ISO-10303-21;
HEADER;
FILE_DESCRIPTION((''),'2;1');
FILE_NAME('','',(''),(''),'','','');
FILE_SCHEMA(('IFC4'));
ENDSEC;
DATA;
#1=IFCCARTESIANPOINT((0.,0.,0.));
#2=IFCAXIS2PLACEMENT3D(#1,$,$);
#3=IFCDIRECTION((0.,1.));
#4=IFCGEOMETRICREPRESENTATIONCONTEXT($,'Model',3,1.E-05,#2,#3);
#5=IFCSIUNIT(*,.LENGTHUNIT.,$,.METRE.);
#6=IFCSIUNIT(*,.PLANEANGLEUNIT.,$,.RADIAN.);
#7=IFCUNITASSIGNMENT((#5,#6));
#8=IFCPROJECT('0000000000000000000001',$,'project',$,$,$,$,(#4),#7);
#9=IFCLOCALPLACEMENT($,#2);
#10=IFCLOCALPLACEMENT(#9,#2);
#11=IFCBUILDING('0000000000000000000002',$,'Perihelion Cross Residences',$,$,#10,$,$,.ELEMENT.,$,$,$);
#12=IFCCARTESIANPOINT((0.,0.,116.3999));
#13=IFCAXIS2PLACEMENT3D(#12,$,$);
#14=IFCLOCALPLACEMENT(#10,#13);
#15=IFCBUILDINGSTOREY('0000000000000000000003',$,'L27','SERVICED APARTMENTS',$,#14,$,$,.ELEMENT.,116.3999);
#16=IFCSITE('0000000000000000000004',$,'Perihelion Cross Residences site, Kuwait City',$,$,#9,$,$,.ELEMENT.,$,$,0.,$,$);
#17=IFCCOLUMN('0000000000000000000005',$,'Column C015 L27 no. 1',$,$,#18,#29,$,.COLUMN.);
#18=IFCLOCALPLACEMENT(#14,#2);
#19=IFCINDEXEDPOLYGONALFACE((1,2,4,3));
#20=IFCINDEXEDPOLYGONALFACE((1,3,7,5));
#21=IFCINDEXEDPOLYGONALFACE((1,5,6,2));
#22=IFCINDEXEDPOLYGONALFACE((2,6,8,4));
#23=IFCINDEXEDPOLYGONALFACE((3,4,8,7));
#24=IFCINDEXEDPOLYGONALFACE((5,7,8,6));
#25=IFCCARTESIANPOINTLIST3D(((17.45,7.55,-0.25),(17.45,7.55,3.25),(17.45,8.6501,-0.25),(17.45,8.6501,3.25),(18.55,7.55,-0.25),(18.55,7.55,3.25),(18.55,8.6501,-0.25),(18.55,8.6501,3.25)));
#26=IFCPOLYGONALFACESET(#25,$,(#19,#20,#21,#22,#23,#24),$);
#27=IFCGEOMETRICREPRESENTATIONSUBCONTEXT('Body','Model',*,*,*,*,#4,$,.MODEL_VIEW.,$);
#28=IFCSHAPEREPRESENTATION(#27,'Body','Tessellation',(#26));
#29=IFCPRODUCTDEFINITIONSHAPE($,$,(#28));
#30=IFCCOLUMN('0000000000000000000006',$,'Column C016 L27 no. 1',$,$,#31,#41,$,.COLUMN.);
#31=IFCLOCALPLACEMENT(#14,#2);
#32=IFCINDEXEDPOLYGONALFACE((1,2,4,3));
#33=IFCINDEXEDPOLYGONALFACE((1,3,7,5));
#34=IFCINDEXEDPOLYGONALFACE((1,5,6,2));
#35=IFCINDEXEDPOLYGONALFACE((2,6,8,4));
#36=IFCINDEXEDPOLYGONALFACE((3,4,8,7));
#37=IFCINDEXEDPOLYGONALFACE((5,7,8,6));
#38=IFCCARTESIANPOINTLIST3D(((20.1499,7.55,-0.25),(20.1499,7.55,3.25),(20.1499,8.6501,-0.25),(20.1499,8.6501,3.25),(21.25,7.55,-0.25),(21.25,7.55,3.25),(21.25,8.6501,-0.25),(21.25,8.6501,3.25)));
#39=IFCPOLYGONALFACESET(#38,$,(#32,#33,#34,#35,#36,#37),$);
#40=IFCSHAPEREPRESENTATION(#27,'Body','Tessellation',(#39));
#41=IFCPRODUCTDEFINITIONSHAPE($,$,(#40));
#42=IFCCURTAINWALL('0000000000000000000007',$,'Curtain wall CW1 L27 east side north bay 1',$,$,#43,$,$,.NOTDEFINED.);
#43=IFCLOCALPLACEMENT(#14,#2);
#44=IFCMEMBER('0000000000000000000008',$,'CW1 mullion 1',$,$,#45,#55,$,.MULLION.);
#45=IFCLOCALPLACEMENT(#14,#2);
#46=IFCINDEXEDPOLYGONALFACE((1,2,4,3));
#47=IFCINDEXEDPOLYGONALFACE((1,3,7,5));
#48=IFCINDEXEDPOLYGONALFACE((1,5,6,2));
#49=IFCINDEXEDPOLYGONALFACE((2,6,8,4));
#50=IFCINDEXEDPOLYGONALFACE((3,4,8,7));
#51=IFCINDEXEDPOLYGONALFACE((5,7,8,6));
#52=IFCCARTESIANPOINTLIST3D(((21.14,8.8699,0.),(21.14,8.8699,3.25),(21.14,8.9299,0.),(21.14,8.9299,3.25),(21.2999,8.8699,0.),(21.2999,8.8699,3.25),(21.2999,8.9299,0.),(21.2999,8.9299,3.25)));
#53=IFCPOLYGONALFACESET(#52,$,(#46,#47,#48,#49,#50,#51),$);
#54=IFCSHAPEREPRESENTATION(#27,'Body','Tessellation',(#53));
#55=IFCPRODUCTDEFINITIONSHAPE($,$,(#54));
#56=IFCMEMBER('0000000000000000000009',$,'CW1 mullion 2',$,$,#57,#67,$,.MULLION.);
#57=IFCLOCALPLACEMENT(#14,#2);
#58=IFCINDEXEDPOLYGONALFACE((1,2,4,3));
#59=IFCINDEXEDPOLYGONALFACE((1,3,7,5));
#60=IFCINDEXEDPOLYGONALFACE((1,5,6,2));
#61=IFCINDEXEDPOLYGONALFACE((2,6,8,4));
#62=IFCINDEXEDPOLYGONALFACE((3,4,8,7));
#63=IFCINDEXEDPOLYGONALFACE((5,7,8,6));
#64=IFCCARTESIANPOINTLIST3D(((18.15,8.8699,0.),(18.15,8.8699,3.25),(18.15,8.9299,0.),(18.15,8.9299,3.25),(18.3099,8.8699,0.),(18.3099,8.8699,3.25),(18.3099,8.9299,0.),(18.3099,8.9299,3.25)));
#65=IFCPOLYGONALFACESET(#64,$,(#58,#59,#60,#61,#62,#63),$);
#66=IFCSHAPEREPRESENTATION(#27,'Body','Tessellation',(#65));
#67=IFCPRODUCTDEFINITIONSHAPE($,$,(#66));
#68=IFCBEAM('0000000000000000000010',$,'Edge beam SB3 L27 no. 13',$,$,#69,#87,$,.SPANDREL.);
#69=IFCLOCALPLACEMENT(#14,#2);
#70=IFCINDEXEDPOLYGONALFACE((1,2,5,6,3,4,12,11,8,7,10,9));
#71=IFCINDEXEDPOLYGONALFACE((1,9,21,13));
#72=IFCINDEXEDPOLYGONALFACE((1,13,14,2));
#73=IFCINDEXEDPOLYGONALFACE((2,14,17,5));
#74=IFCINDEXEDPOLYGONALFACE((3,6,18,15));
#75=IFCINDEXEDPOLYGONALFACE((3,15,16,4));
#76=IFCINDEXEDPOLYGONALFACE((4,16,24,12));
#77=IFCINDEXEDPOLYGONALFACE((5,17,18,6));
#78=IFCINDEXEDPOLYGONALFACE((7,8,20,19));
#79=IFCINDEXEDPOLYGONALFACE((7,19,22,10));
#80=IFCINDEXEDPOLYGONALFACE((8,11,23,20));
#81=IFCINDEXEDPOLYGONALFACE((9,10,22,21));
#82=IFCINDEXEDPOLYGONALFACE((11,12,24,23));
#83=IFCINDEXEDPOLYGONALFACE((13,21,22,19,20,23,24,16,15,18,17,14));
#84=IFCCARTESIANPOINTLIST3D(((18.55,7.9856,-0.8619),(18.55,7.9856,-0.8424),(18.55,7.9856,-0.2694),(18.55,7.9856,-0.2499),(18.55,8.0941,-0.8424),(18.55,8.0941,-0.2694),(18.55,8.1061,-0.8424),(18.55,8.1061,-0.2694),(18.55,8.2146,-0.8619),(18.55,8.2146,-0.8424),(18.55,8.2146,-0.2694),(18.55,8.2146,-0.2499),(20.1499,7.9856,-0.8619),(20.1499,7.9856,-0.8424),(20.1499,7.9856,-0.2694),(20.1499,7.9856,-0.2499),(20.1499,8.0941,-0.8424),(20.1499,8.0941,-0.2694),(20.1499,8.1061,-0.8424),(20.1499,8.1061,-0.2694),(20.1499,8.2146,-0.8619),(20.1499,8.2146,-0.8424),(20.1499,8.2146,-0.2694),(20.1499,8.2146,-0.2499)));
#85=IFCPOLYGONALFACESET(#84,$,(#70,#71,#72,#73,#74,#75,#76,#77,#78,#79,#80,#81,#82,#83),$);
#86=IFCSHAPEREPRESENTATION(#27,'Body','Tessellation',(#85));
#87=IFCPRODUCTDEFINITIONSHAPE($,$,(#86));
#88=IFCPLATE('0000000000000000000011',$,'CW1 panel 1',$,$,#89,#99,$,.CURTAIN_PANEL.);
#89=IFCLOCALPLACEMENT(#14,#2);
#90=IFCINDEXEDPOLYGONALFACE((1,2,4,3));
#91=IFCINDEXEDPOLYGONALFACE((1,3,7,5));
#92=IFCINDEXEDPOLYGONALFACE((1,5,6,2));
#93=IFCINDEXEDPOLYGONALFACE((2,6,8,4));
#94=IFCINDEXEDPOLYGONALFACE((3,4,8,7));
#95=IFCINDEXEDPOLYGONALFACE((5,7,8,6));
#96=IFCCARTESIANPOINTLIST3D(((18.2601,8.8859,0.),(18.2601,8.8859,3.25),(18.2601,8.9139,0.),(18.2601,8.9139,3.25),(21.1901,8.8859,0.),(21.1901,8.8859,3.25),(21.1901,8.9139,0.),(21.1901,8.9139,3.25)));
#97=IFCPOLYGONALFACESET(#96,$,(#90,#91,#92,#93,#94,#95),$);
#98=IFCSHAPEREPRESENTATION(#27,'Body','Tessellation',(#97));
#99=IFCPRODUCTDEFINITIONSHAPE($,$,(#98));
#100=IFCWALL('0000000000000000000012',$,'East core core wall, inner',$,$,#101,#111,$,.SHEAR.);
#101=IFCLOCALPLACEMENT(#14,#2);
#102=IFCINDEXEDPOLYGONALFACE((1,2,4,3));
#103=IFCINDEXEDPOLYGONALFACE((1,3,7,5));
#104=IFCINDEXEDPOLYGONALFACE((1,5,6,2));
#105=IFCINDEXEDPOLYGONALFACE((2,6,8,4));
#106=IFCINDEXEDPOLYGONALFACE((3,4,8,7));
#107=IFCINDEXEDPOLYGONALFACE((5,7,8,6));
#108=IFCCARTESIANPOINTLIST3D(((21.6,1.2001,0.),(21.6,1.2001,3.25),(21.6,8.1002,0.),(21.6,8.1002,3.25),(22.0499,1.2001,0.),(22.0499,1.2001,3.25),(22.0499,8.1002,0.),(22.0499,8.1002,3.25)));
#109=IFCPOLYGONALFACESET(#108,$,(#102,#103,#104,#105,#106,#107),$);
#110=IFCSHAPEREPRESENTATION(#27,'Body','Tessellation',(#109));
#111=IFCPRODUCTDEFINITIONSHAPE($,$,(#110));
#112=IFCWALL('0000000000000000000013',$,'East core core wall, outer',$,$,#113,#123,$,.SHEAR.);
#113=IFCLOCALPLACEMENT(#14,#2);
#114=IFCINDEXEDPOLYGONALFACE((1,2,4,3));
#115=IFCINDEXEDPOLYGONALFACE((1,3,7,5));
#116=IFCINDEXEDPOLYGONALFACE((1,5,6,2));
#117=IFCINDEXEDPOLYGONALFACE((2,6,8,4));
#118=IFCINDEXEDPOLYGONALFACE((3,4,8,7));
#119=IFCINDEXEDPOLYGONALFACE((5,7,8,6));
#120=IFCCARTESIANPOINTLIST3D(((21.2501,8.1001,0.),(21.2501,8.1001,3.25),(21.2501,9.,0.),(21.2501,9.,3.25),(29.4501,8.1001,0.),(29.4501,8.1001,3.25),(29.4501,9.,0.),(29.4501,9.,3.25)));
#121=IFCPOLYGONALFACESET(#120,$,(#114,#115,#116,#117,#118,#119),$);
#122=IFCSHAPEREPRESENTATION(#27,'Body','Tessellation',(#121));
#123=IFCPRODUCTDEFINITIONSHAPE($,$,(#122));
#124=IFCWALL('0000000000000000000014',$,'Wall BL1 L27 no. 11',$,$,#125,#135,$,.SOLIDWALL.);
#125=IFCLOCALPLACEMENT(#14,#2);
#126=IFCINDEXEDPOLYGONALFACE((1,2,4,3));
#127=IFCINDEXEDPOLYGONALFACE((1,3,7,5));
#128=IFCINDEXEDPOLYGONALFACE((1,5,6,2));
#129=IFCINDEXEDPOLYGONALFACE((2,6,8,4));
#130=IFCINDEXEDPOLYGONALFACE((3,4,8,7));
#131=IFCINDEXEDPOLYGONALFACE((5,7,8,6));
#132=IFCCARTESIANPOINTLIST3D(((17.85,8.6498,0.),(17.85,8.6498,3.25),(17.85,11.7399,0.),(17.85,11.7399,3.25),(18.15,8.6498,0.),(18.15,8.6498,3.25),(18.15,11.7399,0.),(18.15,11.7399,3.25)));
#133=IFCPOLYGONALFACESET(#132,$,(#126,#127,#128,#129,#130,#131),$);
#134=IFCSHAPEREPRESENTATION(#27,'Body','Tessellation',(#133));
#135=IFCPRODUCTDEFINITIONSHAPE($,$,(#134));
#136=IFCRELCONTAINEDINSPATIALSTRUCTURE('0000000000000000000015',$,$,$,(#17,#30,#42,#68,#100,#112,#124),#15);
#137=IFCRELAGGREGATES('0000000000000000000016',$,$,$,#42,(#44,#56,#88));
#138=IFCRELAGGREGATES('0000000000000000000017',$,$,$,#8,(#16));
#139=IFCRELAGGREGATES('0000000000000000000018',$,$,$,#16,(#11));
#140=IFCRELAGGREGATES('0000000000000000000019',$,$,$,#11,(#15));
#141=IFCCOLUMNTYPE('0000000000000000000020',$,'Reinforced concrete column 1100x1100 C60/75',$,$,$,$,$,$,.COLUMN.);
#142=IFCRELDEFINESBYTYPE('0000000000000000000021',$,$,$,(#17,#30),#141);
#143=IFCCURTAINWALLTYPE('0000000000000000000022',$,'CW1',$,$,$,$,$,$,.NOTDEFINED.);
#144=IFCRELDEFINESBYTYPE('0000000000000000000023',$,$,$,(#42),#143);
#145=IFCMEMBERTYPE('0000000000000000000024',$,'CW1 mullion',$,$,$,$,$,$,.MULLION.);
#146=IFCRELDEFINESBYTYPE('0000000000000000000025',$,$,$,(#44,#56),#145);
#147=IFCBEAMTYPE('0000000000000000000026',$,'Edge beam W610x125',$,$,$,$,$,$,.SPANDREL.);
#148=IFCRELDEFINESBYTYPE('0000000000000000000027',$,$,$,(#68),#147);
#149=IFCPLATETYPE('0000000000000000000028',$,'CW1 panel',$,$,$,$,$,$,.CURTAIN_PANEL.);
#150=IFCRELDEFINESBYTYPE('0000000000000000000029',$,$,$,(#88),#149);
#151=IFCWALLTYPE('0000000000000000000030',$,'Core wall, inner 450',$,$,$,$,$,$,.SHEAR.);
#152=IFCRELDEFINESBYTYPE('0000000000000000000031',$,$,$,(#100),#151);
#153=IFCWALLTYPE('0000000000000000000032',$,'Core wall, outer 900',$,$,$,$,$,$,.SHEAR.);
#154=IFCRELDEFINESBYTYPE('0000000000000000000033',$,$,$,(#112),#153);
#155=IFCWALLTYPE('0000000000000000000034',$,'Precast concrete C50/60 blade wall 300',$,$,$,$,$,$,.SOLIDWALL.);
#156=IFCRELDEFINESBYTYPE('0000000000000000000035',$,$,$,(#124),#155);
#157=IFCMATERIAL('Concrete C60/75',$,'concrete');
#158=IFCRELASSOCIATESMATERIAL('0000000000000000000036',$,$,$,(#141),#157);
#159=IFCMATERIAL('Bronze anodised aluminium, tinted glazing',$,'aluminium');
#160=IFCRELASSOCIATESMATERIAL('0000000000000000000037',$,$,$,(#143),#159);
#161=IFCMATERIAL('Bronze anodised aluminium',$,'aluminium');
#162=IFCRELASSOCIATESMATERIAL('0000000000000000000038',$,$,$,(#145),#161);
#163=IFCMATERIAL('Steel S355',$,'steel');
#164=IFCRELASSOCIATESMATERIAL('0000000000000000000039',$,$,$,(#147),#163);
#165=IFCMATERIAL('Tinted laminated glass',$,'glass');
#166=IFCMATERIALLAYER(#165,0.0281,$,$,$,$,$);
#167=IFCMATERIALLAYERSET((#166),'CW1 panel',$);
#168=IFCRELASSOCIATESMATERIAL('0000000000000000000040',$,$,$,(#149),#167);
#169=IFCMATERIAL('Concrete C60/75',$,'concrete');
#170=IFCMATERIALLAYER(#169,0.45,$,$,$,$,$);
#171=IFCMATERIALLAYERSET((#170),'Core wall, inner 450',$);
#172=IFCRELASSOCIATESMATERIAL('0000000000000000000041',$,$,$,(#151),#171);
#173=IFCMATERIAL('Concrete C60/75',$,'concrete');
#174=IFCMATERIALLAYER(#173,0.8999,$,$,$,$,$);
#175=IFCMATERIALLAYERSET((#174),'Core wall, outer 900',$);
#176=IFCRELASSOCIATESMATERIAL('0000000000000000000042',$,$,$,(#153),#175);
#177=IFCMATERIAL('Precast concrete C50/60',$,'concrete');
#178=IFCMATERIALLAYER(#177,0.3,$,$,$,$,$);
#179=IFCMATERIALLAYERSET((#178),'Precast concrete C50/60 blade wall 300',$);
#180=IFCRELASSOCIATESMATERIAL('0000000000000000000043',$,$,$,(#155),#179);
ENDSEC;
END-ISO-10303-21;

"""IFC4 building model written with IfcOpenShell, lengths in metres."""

from ifc_helpers import new_model, si_unit, direction, frame, frame_2d, origin, origin_2d, place, context, subcontext, project, spatial, rectangle, i_section, extrude, material, layer, layer_set, material_profile, profile_set, type_object, element, aggregate, save


model = new_model("IFC4")

# Units and contexts
model_context = context("Model", 3, precision=1e-05, world=origin(), true_north=direction((0.0, 1.0)))
body_context = subcontext(model_context, "Body", "Model", "MODEL_VIEW")
ifc_project = project(units=[si_unit("LENGTHUNIT", "METRE"), si_unit("PLANEANGLEUNIT", "RADIAN")], contexts=[model_context])

# Site, building, storey
site_placement = place(None, origin())
site = spatial("IfcSite", under=ifc_project, at=site_placement, Name="Perihelion Cross Residences site, Kuwait City", CompositionType="ELEMENT", RefElevation=0.0)
building_placement = place(site_placement, origin())
building = spatial("IfcBuilding", under=site, at=building_placement, Name="Perihelion Cross Residences", CompositionType="ELEMENT")
storey_placement = place(building_placement, frame((0.0, 0.0, 116.3999)))
storey = spatial("IfcBuildingStorey", under=building, at=storey_placement, Name="L27", Description="SERVICED APARTMENTS", CompositionType="ELEMENT", Elevation=116.3999)

# Columns
ifc_material_1 = material(Name="Concrete C60/75", Category="concrete")
ifc_material_profile_1 = material_profile(ifc_material_1, rectangle(XDim=1.1001, YDim=1.1001, at=origin_2d()), Name="RC 1100x1100")
ifc_profile_set_1 = profile_set([ifc_material_profile_1], Name="Concrete C60/75")
column_type = type_object("IfcColumnType", Name="Reinforced concrete column 1100x1100 C60/75", PredefinedType="COLUMN", material=ifc_profile_set_1)
for number, where, z_axis, x_axis, name in (
    (1, (18.0, 8.1001, -0.25), (0.0, 0.0, 1.0), (1.0, 0.0, 0.0), "Column C015 L27 no. 1"),
    (2, (20.7, 8.1001, -0.25), (0.0, 0.0, 1.0), (1.0, 0.0, 0.0), "Column C016 L27 no. 1"),
):
    element("IfcColumn", number, at=place(storey_placement, frame(where, z_axis=z_axis, x_axis=x_axis)), inside=storey, type_object=column_type, Name=name, PredefinedType="COLUMN", context=body_context, shape_type="SweptSolid", body=[
        extrude(rectangle(XDim=1.1001, YDim=1.1001, at=origin_2d()), origin(), (0.0, 0.0, 1.0), 3.5),
    ])

# Curtain wall, members
ifc_material_2 = material(Name="Bronze anodised aluminium, tinted glazing", Category="aluminium")
curtain_wall_type = type_object("IfcCurtainWallType", Name="CW1", PredefinedType="NOTDEFINED", material=ifc_material_2)
curtain_wall_placement = place(storey_placement, origin())
curtain_wall = element("IfcCurtainWall", 3, at=curtain_wall_placement, inside=storey, type_object=curtain_wall_type, Name="Curtain wall CW1 L27 east side north bay 1", PredefinedType="NOTDEFINED")
ifc_material_3 = material(Name="Bronze anodised aluminium", Category="aluminium")
ifc_material_profile_2 = material_profile(ifc_material_3, rectangle(XDim=0.0601, YDim=0.1599, at=origin_2d()), Name="CW1 mullion")
ifc_profile_set_2 = profile_set([ifc_material_profile_2], Name="Bronze anodised aluminium")
member_type = type_object("IfcMemberType", Name="CW1 mullion", PredefinedType="MULLION", material=ifc_profile_set_2)
member_1_placement = place(storey_placement, frame((21.22, 8.8999, 0.0), z_axis=(0.0, 0.0, 1.0), x_axis=(0.0, -1.0, 0.0)))
member_1 = element("IfcMember", 4, at=member_1_placement, type_object=member_type, Name="CW1 mullion 1", PredefinedType="MULLION", context=body_context, shape_type="SweptSolid", body=[
    extrude(rectangle(XDim=0.0601, YDim=0.1599, at=origin_2d()), origin(), (0.0, 0.0, 1.0), 3.25),
])
member_2_placement = place(storey_placement, frame((18.23, 8.8999, 0.0), z_axis=(0.0, 0.0, 1.0), x_axis=(0.0, -1.0, 0.0)))
member_2 = element("IfcMember", 5, at=member_2_placement, type_object=member_type, Name="CW1 mullion 2", PredefinedType="MULLION", context=body_context, shape_type="SweptSolid", body=[
    extrude(rectangle(XDim=0.0601, YDim=0.1599, at=origin_2d()), origin(), (0.0, 0.0, 1.0), 3.25),
])

# Beam
ifc_material_4 = material(Name="Steel S355", Category="steel")
ifc_material_profile_3 = material_profile(ifc_material_4, i_section(OverallWidth=0.229, OverallDepth=0.6121, WebThickness=0.012, FlangeThickness=0.0195, at=origin_2d()), Name="W610x125")
ifc_profile_set_3 = profile_set([ifc_material_profile_3], Name="Steel S355")
beam_type = type_object("IfcBeamType", Name="Edge beam W610x125", PredefinedType="SPANDREL", material=ifc_profile_set_3)
beam_placement = place(storey_placement, frame((20.1499, 8.1001, -0.5559), z_axis=(-1.0, 0.0, 0.0), x_axis=(0.0, -1.0, 0.0)))
element("IfcBeam", 6, at=beam_placement, inside=storey, type_object=beam_type, Name="Edge beam SB3 L27 no. 13", PredefinedType="SPANDREL", context=body_context, shape_type="SweptSolid", body=[
    extrude(i_section(OverallWidth=0.229, OverallDepth=0.6121, WebThickness=0.012, FlangeThickness=0.0195, at=origin_2d()), origin(), (0.0, 0.0, 1.0), 1.5999),
])

# Plate
ifc_material_5 = material(Name="Tinted laminated glass", Category="glass")
ifc_layer_1 = layer(ifc_material_5, 0.0281)
ifc_layer_set_1 = layer_set([ifc_layer_1], Name="CW1 panel")
plate_type = type_object("IfcPlateType", Name="CW1 panel", PredefinedType="CURTAIN_PANEL", material=ifc_layer_set_1)
plate_placement = place(storey_placement, frame((19.7251, 8.8999, 0.0), z_axis=(0.0, 0.0, 1.0), x_axis=(-1.0, 0.0, 0.0)))
plate = element("IfcPlate", 7, at=plate_placement, type_object=plate_type, Name="CW1 panel 1", PredefinedType="CURTAIN_PANEL", context=body_context, shape_type="SweptSolid", body=[
    extrude(rectangle(XDim=2.9299, YDim=0.0281, at=origin_2d()), origin(), (0.0, 0.0, 1.0), 3.25),
])
aggregate(curtain_wall, [member_1, member_2, plate])

# Walls
ifc_material_6 = material(Name="Concrete C60/75", Category="concrete")
ifc_layer_2 = layer(ifc_material_6, 0.45)
ifc_layer_set_2 = layer_set([ifc_layer_2], Name="Core wall, inner 450")
wall_type_1 = type_object("IfcWallType", Name="Core wall, inner 450", PredefinedType="SHEAR", material=ifc_layer_set_2)
wall_1_placement = place(storey_placement, frame((21.825, 1.2, 0.0), z_axis=(0.0, 0.0, 1.0), x_axis=(0.0, 1.0, 0.0)))
element("IfcWall", 8, at=wall_1_placement, inside=storey, type_object=wall_type_1, Name="East core core wall, inner", PredefinedType="SHEAR", context=body_context, shape_type="SweptSolid", body=[
    extrude(rectangle(XDim=6.9001, YDim=0.45, at=frame_2d((3.4502, 0.0))), origin(), (0.0, 0.0, 1.0), 3.25),
])
ifc_material_7 = material(Name="Concrete C60/75", Category="concrete")
ifc_layer_3 = layer(ifc_material_7, 0.8999)
ifc_layer_set_3 = layer_set([ifc_layer_3], Name="Core wall, outer 900")
wall_type_2 = type_object("IfcWallType", Name="Core wall, outer 900", PredefinedType="SHEAR", material=ifc_layer_set_3)
wall_2_placement = place(storey_placement, frame((21.25, 8.55, 0.0), z_axis=(0.0, 0.0, 1.0), x_axis=(1.0, 0.0, 0.0)))
element("IfcWall", 9, at=wall_2_placement, inside=storey, type_object=wall_type_2, Name="East core core wall, outer", PredefinedType="SHEAR", context=body_context, shape_type="SweptSolid", body=[
    extrude(rectangle(XDim=8.2, YDim=0.8999, at=frame_2d((4.1001, 0.0))), origin(), (0.0, 0.0, 1.0), 3.25),
])
ifc_material_8 = material(Name="Precast concrete C50/60", Category="concrete")
ifc_layer_4 = layer(ifc_material_8, 0.3)
ifc_layer_set_4 = layer_set([ifc_layer_4], Name="Precast concrete C50/60 blade wall 300")
wall_type_3 = type_object("IfcWallType", Name="Precast concrete C50/60 blade wall 300", PredefinedType="SOLIDWALL", material=ifc_layer_set_4)
wall_3_placement = place(storey_placement, frame((18.0, 8.6499, 0.0), z_axis=(0.0, 0.0, 1.0), x_axis=(0.0, 1.0, 0.0)))
element("IfcWall", 10, at=wall_3_placement, inside=storey, type_object=wall_type_3, Name="Wall BL1 L27 no. 11", PredefinedType="SOLIDWALL", context=body_context, shape_type="SweptSolid", body=[
    extrude(rectangle(XDim=3.0901, YDim=0.3, at=frame_2d((1.5449, 0.0))), origin(), (0.0, 0.0, 1.0), 3.25),
])

save(model, "model.ifc")
